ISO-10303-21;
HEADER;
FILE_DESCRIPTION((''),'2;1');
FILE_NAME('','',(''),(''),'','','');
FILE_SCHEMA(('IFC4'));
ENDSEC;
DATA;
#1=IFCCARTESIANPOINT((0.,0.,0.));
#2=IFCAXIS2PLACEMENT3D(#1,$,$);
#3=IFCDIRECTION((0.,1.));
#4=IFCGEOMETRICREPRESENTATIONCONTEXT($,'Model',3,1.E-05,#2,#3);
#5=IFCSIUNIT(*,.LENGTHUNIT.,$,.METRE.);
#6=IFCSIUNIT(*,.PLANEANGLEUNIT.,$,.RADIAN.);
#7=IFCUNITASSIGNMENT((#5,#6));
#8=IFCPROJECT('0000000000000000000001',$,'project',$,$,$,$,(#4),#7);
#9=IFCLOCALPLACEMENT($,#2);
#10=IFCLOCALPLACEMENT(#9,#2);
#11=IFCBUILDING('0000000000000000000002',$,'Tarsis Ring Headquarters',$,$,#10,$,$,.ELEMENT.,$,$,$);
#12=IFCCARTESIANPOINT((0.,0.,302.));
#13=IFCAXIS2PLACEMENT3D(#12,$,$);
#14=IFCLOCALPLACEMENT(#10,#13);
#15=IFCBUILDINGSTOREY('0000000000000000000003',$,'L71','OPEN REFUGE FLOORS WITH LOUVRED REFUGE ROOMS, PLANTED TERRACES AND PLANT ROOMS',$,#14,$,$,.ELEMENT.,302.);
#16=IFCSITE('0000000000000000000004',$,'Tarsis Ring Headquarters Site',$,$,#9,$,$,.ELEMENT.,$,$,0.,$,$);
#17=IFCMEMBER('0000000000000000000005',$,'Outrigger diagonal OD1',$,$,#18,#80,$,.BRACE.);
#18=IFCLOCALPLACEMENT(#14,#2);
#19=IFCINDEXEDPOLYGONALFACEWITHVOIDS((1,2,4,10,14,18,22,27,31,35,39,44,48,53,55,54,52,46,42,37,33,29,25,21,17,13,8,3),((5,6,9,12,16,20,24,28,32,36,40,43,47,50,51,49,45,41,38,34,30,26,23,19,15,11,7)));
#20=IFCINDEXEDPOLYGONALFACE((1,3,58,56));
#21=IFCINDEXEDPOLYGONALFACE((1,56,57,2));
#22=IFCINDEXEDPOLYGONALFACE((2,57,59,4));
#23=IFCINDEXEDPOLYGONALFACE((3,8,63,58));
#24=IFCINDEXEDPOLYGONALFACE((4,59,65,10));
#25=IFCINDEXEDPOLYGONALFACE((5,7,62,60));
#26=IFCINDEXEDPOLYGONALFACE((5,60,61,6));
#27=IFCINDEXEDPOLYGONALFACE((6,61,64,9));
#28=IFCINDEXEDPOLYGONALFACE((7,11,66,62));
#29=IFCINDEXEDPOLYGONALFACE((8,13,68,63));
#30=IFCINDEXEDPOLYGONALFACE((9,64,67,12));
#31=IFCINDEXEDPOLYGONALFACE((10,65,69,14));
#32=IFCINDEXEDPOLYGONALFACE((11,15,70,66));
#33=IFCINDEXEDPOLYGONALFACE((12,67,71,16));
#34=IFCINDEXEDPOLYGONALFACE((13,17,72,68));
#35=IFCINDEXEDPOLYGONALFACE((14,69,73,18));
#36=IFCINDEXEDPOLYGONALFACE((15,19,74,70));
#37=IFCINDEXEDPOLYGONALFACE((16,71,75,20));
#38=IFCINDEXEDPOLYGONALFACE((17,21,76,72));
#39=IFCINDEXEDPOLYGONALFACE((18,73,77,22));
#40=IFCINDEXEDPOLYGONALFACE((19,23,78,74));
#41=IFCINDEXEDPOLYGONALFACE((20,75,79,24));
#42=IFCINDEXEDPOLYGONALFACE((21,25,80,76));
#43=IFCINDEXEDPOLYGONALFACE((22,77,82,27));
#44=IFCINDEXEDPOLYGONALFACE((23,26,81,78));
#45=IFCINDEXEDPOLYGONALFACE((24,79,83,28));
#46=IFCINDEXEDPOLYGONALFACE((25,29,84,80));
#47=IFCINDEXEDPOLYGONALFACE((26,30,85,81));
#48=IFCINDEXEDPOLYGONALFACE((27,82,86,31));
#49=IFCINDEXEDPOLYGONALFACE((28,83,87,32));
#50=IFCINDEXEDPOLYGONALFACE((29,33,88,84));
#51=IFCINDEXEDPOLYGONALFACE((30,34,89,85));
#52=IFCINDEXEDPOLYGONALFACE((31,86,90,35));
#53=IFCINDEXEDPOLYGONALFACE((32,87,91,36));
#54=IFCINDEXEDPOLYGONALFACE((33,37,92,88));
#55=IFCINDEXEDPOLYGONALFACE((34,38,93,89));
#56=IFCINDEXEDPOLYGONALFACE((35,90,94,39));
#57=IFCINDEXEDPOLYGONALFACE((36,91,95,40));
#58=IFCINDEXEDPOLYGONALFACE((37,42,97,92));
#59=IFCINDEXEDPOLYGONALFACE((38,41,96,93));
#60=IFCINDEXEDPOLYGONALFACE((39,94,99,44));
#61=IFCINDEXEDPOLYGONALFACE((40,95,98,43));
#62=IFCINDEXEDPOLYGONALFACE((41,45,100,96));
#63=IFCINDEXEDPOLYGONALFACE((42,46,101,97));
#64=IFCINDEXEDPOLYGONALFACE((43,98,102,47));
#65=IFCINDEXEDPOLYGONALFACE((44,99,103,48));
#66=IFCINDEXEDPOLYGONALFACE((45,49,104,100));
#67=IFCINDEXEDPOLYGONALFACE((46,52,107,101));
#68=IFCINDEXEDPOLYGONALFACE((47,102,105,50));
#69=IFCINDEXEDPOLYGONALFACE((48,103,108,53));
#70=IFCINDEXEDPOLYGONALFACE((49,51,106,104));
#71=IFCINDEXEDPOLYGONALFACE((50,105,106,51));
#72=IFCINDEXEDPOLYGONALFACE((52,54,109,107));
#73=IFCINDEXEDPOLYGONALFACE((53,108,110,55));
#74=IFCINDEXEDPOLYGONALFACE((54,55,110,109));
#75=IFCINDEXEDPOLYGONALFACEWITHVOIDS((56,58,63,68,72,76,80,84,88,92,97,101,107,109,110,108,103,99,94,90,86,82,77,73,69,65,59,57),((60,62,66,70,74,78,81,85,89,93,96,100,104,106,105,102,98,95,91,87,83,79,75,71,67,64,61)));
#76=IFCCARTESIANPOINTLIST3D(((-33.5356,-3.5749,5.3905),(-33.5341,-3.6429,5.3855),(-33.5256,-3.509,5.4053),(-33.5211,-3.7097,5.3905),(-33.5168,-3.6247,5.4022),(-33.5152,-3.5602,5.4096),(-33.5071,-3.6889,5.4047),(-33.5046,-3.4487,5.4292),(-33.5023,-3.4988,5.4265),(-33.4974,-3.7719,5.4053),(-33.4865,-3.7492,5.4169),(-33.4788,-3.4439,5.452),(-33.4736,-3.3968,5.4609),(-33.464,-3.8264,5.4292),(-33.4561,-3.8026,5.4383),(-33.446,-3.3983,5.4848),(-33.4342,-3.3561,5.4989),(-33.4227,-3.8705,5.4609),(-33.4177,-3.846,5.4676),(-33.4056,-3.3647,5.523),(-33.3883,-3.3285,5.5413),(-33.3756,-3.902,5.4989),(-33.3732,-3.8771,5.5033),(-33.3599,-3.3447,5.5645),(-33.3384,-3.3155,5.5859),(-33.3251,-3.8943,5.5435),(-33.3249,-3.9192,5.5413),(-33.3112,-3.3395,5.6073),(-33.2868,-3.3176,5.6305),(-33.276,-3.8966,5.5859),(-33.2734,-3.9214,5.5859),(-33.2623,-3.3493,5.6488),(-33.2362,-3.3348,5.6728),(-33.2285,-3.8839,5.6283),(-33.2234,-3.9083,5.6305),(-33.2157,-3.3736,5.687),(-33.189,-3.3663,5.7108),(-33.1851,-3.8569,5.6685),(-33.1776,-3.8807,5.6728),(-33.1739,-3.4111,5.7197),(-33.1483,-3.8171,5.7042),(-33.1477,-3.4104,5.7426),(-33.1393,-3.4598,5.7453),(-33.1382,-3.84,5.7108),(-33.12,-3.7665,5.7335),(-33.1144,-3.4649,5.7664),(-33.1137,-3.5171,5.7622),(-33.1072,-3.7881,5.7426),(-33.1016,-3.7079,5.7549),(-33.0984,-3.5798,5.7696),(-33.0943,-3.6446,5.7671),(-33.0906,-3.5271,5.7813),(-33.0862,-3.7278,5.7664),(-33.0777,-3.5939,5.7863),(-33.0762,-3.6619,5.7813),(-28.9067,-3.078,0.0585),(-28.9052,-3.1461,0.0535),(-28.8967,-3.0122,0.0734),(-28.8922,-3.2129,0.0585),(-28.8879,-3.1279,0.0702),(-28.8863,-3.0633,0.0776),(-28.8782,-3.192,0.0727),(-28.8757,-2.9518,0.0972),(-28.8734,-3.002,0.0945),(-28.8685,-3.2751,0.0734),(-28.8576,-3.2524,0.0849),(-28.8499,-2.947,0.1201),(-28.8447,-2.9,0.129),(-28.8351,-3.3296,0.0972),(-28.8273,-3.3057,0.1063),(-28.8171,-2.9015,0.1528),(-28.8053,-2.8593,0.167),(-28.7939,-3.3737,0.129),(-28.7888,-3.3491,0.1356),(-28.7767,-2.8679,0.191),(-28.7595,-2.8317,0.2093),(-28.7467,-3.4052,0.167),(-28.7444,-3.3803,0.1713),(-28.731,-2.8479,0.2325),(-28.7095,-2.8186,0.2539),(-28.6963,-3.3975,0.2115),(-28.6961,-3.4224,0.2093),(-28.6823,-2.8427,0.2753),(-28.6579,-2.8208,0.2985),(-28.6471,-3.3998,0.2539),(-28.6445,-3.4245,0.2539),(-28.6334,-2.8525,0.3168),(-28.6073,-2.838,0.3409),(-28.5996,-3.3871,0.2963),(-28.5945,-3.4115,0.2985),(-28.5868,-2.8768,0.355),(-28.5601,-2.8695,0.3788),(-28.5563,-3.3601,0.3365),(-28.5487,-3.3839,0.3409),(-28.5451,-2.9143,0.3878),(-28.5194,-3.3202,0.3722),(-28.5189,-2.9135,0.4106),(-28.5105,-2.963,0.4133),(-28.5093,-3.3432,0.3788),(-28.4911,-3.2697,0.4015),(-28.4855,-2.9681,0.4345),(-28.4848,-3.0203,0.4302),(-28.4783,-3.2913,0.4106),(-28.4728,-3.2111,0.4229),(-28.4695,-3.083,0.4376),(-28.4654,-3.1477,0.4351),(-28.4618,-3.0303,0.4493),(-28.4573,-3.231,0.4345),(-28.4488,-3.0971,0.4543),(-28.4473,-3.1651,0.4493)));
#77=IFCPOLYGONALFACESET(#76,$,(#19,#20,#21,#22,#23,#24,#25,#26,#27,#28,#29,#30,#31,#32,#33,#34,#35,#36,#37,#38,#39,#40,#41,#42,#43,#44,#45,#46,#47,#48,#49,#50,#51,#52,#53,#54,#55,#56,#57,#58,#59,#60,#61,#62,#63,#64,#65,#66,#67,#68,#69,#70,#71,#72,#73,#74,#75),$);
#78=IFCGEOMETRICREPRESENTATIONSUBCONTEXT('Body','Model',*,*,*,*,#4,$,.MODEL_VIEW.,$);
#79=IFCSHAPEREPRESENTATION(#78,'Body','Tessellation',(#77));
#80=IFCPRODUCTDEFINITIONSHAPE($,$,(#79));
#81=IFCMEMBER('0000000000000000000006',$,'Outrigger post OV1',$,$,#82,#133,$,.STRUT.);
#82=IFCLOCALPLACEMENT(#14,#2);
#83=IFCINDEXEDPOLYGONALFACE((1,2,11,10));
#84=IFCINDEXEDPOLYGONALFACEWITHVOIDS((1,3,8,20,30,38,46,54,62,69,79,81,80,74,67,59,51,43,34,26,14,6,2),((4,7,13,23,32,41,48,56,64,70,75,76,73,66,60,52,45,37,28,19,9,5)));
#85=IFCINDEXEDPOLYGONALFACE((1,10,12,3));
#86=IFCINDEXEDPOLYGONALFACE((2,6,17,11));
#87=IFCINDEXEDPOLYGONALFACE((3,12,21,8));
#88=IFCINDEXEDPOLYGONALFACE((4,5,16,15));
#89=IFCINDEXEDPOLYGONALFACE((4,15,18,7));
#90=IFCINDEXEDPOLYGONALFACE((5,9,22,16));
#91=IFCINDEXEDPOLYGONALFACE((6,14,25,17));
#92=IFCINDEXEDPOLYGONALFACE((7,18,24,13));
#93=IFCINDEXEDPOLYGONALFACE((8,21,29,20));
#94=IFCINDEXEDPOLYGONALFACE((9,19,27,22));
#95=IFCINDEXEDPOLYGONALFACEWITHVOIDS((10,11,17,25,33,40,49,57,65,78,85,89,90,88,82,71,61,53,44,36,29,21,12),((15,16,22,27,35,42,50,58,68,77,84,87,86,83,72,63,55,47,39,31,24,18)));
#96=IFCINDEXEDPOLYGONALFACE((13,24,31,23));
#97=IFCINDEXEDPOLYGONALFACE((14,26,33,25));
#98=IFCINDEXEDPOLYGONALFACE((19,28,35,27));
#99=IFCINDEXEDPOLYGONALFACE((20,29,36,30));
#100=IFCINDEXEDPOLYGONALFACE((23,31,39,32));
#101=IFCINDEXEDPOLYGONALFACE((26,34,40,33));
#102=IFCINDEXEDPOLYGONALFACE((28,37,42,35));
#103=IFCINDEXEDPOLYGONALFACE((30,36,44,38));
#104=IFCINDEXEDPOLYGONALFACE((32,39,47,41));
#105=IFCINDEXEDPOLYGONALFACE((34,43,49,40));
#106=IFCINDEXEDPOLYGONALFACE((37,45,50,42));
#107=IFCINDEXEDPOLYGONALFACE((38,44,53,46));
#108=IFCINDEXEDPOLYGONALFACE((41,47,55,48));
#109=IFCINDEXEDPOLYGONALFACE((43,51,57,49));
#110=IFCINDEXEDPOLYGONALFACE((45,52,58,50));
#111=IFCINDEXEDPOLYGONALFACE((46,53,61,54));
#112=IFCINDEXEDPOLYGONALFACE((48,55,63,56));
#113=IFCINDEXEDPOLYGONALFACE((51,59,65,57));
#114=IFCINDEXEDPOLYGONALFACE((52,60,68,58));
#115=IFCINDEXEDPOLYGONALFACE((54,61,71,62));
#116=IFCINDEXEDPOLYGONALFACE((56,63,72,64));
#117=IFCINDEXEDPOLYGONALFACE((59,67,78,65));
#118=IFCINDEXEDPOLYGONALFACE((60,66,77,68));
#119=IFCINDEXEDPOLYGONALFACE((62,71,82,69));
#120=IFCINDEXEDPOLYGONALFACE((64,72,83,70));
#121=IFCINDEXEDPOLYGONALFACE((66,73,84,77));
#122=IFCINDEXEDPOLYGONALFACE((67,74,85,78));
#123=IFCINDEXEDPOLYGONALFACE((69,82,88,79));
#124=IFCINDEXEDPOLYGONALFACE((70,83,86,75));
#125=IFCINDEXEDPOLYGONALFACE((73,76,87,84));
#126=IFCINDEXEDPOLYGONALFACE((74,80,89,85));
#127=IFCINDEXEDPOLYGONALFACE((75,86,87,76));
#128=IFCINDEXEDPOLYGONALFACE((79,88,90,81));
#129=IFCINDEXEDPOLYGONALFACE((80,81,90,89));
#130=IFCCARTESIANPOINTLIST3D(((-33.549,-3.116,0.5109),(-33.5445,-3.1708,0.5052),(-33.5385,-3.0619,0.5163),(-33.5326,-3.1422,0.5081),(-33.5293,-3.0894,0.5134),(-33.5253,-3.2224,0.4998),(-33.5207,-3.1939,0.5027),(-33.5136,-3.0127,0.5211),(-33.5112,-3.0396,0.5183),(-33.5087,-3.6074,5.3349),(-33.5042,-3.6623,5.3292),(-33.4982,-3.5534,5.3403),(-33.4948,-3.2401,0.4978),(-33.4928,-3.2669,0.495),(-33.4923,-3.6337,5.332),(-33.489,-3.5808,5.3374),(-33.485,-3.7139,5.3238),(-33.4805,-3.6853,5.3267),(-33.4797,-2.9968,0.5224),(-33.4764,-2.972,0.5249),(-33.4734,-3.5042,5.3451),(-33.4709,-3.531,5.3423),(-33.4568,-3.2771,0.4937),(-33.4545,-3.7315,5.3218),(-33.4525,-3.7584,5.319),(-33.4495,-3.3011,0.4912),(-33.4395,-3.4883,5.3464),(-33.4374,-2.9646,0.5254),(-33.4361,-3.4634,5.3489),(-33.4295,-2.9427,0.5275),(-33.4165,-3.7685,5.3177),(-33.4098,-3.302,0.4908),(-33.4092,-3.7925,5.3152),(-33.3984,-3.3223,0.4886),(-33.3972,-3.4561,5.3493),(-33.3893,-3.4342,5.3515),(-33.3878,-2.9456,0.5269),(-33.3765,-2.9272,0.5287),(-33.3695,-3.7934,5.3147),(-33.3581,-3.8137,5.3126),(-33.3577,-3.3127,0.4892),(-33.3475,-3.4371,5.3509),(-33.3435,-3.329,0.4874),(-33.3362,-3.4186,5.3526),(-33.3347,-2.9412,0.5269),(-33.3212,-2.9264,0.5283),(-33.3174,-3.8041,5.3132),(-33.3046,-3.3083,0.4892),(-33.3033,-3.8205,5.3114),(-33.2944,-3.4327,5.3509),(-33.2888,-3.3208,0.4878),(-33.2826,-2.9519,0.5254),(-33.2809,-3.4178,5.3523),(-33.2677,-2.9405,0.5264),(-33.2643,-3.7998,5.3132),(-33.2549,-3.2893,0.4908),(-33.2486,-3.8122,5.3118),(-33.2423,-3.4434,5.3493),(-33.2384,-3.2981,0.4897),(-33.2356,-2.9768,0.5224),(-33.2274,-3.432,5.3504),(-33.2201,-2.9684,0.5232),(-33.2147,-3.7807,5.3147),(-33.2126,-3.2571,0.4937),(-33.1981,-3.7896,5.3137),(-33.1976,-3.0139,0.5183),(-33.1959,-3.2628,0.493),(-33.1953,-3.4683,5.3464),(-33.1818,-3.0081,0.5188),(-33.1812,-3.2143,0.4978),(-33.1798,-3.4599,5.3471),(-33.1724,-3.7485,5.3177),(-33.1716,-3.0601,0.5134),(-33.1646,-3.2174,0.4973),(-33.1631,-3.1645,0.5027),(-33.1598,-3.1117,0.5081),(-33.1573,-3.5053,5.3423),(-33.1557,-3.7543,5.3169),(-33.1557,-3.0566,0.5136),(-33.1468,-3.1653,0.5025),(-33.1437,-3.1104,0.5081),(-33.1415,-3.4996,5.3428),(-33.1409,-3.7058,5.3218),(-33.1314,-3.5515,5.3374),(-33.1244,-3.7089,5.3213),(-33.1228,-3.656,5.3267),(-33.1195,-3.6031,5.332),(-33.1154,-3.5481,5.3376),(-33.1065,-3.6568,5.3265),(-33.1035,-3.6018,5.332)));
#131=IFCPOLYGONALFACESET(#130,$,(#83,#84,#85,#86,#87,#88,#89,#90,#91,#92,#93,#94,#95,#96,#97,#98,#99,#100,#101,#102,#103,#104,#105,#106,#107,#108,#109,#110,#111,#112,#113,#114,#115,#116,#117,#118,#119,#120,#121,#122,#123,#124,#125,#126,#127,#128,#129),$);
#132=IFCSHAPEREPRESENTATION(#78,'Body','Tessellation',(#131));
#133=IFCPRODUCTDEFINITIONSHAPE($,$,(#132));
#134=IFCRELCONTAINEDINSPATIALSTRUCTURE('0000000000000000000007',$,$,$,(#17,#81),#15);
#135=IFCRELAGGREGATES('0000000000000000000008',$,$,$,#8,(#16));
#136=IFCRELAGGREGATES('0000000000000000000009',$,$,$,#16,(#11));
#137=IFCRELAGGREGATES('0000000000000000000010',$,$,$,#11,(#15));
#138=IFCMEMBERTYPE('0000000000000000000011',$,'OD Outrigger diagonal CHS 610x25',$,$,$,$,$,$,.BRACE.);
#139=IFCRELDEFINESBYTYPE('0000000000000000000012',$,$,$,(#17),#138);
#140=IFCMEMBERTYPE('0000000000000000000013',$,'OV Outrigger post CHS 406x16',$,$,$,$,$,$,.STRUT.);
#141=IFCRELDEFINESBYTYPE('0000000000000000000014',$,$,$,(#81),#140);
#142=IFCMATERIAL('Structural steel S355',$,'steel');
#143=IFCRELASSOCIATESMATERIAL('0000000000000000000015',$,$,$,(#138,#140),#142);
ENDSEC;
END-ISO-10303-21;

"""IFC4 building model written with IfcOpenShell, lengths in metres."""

from ifc_helpers import new_model, si_unit, direction, frame, origin, origin_2d, place, context, subcontext, project, spatial, hollow_circle, extrude, material, material_profile, profile_set, type_object, element, save


model = new_model("IFC4")

# Units and contexts
model_context = context("Model", 3, precision=1e-05, world=origin(), true_north=direction((0.0, 1.0)))
body_context = subcontext(model_context, "Body", "Model", "MODEL_VIEW")
ifc_project = project(units=[si_unit("LENGTHUNIT", "METRE"), si_unit("PLANEANGLEUNIT", "RADIAN")], contexts=[model_context])

# Site, building, storey
site_placement = place(None, origin())
site = spatial("IfcSite", under=ifc_project, at=site_placement, Name="Tarsis Ring Headquarters Site", CompositionType="ELEMENT", RefElevation=0.0)
building_placement = place(site_placement, origin())
building = spatial("IfcBuilding", under=site, at=building_placement, Name="Tarsis Ring Headquarters", CompositionType="ELEMENT")
storey_placement = place(building_placement, frame((0.0, 0.0, 302.0)))
storey = spatial("IfcBuildingStorey", under=building, at=storey_placement, Name="L71", Description="OPEN REFUGE FLOORS WITH LOUVRED REFUGE ROOMS, PLANTED TERRACES AND PLANT ROOMS", CompositionType="ELEMENT", Elevation=302.0)

# Shared definitions
ifc_material_1 = material(Name="Structural steel S355", Category="steel")

# Members
ifc_material_profile_1 = material_profile(ifc_material_1, hollow_circle(Radius=0.3047, WallThickness=0.0249, at=origin_2d()), Name="CHS 610x25")
ifc_profile_set_1 = profile_set([ifc_material_profile_1], Name="Structural steel S355")
member_type_1 = type_object("IfcMemberType", Name="OD Outrigger diagonal CHS 610x25", PredefinedType="BRACE", material=ifc_profile_set_1)
member_1_placement = place(storey_placement, frame((-28.677, -3.1216, 0.2539), z_axis=(-0.653945, -0.070189, 0.753279), x_axis=(0.106718, -0.994289, 0.0)))
element("IfcMember", 1, at=member_1_placement, inside=storey, type_object=member_type_1, Name="Outrigger diagonal OD1", PredefinedType="BRACE", context=body_context, shape_type="SweptSolid", body=[
    extrude(hollow_circle(Radius=0.3047, WallThickness=0.0249, at=origin_2d()), origin(), (0.0, 0.0, 1.0), 7.0784),
])
ifc_material_profile_2 = material_profile(ifc_material_1, hollow_circle(Radius=0.2031, WallThickness=0.0161, at=origin_2d()), Name="CHS 406x16")
ifc_profile_set_2 = profile_set([ifc_material_profile_2], Name="Structural steel S355")
member_type_2 = type_object("IfcMemberType", Name="OV Outrigger post CHS 406x16", PredefinedType="STRUT", material=ifc_profile_set_2)
member_2_placement = place(storey_placement, frame((-33.3462, -3.127, 0.5081), z_axis=(0.008307, -0.10135, 0.994816), x_axis=(0.996658, 0.081693, 0.0)))
element("IfcMember", 2, at=member_2_placement, inside=storey, type_object=member_type_2, Name="Outrigger post OV1", PredefinedType="STRUT", context=body_context, shape_type="SweptSolid", body=[
    extrude(hollow_circle(Radius=0.2031, WallThickness=0.0161, at=origin_2d()), origin(), (0.0, 0.0, 1.0), 4.8491),
])

save(model, "model.ifc")
